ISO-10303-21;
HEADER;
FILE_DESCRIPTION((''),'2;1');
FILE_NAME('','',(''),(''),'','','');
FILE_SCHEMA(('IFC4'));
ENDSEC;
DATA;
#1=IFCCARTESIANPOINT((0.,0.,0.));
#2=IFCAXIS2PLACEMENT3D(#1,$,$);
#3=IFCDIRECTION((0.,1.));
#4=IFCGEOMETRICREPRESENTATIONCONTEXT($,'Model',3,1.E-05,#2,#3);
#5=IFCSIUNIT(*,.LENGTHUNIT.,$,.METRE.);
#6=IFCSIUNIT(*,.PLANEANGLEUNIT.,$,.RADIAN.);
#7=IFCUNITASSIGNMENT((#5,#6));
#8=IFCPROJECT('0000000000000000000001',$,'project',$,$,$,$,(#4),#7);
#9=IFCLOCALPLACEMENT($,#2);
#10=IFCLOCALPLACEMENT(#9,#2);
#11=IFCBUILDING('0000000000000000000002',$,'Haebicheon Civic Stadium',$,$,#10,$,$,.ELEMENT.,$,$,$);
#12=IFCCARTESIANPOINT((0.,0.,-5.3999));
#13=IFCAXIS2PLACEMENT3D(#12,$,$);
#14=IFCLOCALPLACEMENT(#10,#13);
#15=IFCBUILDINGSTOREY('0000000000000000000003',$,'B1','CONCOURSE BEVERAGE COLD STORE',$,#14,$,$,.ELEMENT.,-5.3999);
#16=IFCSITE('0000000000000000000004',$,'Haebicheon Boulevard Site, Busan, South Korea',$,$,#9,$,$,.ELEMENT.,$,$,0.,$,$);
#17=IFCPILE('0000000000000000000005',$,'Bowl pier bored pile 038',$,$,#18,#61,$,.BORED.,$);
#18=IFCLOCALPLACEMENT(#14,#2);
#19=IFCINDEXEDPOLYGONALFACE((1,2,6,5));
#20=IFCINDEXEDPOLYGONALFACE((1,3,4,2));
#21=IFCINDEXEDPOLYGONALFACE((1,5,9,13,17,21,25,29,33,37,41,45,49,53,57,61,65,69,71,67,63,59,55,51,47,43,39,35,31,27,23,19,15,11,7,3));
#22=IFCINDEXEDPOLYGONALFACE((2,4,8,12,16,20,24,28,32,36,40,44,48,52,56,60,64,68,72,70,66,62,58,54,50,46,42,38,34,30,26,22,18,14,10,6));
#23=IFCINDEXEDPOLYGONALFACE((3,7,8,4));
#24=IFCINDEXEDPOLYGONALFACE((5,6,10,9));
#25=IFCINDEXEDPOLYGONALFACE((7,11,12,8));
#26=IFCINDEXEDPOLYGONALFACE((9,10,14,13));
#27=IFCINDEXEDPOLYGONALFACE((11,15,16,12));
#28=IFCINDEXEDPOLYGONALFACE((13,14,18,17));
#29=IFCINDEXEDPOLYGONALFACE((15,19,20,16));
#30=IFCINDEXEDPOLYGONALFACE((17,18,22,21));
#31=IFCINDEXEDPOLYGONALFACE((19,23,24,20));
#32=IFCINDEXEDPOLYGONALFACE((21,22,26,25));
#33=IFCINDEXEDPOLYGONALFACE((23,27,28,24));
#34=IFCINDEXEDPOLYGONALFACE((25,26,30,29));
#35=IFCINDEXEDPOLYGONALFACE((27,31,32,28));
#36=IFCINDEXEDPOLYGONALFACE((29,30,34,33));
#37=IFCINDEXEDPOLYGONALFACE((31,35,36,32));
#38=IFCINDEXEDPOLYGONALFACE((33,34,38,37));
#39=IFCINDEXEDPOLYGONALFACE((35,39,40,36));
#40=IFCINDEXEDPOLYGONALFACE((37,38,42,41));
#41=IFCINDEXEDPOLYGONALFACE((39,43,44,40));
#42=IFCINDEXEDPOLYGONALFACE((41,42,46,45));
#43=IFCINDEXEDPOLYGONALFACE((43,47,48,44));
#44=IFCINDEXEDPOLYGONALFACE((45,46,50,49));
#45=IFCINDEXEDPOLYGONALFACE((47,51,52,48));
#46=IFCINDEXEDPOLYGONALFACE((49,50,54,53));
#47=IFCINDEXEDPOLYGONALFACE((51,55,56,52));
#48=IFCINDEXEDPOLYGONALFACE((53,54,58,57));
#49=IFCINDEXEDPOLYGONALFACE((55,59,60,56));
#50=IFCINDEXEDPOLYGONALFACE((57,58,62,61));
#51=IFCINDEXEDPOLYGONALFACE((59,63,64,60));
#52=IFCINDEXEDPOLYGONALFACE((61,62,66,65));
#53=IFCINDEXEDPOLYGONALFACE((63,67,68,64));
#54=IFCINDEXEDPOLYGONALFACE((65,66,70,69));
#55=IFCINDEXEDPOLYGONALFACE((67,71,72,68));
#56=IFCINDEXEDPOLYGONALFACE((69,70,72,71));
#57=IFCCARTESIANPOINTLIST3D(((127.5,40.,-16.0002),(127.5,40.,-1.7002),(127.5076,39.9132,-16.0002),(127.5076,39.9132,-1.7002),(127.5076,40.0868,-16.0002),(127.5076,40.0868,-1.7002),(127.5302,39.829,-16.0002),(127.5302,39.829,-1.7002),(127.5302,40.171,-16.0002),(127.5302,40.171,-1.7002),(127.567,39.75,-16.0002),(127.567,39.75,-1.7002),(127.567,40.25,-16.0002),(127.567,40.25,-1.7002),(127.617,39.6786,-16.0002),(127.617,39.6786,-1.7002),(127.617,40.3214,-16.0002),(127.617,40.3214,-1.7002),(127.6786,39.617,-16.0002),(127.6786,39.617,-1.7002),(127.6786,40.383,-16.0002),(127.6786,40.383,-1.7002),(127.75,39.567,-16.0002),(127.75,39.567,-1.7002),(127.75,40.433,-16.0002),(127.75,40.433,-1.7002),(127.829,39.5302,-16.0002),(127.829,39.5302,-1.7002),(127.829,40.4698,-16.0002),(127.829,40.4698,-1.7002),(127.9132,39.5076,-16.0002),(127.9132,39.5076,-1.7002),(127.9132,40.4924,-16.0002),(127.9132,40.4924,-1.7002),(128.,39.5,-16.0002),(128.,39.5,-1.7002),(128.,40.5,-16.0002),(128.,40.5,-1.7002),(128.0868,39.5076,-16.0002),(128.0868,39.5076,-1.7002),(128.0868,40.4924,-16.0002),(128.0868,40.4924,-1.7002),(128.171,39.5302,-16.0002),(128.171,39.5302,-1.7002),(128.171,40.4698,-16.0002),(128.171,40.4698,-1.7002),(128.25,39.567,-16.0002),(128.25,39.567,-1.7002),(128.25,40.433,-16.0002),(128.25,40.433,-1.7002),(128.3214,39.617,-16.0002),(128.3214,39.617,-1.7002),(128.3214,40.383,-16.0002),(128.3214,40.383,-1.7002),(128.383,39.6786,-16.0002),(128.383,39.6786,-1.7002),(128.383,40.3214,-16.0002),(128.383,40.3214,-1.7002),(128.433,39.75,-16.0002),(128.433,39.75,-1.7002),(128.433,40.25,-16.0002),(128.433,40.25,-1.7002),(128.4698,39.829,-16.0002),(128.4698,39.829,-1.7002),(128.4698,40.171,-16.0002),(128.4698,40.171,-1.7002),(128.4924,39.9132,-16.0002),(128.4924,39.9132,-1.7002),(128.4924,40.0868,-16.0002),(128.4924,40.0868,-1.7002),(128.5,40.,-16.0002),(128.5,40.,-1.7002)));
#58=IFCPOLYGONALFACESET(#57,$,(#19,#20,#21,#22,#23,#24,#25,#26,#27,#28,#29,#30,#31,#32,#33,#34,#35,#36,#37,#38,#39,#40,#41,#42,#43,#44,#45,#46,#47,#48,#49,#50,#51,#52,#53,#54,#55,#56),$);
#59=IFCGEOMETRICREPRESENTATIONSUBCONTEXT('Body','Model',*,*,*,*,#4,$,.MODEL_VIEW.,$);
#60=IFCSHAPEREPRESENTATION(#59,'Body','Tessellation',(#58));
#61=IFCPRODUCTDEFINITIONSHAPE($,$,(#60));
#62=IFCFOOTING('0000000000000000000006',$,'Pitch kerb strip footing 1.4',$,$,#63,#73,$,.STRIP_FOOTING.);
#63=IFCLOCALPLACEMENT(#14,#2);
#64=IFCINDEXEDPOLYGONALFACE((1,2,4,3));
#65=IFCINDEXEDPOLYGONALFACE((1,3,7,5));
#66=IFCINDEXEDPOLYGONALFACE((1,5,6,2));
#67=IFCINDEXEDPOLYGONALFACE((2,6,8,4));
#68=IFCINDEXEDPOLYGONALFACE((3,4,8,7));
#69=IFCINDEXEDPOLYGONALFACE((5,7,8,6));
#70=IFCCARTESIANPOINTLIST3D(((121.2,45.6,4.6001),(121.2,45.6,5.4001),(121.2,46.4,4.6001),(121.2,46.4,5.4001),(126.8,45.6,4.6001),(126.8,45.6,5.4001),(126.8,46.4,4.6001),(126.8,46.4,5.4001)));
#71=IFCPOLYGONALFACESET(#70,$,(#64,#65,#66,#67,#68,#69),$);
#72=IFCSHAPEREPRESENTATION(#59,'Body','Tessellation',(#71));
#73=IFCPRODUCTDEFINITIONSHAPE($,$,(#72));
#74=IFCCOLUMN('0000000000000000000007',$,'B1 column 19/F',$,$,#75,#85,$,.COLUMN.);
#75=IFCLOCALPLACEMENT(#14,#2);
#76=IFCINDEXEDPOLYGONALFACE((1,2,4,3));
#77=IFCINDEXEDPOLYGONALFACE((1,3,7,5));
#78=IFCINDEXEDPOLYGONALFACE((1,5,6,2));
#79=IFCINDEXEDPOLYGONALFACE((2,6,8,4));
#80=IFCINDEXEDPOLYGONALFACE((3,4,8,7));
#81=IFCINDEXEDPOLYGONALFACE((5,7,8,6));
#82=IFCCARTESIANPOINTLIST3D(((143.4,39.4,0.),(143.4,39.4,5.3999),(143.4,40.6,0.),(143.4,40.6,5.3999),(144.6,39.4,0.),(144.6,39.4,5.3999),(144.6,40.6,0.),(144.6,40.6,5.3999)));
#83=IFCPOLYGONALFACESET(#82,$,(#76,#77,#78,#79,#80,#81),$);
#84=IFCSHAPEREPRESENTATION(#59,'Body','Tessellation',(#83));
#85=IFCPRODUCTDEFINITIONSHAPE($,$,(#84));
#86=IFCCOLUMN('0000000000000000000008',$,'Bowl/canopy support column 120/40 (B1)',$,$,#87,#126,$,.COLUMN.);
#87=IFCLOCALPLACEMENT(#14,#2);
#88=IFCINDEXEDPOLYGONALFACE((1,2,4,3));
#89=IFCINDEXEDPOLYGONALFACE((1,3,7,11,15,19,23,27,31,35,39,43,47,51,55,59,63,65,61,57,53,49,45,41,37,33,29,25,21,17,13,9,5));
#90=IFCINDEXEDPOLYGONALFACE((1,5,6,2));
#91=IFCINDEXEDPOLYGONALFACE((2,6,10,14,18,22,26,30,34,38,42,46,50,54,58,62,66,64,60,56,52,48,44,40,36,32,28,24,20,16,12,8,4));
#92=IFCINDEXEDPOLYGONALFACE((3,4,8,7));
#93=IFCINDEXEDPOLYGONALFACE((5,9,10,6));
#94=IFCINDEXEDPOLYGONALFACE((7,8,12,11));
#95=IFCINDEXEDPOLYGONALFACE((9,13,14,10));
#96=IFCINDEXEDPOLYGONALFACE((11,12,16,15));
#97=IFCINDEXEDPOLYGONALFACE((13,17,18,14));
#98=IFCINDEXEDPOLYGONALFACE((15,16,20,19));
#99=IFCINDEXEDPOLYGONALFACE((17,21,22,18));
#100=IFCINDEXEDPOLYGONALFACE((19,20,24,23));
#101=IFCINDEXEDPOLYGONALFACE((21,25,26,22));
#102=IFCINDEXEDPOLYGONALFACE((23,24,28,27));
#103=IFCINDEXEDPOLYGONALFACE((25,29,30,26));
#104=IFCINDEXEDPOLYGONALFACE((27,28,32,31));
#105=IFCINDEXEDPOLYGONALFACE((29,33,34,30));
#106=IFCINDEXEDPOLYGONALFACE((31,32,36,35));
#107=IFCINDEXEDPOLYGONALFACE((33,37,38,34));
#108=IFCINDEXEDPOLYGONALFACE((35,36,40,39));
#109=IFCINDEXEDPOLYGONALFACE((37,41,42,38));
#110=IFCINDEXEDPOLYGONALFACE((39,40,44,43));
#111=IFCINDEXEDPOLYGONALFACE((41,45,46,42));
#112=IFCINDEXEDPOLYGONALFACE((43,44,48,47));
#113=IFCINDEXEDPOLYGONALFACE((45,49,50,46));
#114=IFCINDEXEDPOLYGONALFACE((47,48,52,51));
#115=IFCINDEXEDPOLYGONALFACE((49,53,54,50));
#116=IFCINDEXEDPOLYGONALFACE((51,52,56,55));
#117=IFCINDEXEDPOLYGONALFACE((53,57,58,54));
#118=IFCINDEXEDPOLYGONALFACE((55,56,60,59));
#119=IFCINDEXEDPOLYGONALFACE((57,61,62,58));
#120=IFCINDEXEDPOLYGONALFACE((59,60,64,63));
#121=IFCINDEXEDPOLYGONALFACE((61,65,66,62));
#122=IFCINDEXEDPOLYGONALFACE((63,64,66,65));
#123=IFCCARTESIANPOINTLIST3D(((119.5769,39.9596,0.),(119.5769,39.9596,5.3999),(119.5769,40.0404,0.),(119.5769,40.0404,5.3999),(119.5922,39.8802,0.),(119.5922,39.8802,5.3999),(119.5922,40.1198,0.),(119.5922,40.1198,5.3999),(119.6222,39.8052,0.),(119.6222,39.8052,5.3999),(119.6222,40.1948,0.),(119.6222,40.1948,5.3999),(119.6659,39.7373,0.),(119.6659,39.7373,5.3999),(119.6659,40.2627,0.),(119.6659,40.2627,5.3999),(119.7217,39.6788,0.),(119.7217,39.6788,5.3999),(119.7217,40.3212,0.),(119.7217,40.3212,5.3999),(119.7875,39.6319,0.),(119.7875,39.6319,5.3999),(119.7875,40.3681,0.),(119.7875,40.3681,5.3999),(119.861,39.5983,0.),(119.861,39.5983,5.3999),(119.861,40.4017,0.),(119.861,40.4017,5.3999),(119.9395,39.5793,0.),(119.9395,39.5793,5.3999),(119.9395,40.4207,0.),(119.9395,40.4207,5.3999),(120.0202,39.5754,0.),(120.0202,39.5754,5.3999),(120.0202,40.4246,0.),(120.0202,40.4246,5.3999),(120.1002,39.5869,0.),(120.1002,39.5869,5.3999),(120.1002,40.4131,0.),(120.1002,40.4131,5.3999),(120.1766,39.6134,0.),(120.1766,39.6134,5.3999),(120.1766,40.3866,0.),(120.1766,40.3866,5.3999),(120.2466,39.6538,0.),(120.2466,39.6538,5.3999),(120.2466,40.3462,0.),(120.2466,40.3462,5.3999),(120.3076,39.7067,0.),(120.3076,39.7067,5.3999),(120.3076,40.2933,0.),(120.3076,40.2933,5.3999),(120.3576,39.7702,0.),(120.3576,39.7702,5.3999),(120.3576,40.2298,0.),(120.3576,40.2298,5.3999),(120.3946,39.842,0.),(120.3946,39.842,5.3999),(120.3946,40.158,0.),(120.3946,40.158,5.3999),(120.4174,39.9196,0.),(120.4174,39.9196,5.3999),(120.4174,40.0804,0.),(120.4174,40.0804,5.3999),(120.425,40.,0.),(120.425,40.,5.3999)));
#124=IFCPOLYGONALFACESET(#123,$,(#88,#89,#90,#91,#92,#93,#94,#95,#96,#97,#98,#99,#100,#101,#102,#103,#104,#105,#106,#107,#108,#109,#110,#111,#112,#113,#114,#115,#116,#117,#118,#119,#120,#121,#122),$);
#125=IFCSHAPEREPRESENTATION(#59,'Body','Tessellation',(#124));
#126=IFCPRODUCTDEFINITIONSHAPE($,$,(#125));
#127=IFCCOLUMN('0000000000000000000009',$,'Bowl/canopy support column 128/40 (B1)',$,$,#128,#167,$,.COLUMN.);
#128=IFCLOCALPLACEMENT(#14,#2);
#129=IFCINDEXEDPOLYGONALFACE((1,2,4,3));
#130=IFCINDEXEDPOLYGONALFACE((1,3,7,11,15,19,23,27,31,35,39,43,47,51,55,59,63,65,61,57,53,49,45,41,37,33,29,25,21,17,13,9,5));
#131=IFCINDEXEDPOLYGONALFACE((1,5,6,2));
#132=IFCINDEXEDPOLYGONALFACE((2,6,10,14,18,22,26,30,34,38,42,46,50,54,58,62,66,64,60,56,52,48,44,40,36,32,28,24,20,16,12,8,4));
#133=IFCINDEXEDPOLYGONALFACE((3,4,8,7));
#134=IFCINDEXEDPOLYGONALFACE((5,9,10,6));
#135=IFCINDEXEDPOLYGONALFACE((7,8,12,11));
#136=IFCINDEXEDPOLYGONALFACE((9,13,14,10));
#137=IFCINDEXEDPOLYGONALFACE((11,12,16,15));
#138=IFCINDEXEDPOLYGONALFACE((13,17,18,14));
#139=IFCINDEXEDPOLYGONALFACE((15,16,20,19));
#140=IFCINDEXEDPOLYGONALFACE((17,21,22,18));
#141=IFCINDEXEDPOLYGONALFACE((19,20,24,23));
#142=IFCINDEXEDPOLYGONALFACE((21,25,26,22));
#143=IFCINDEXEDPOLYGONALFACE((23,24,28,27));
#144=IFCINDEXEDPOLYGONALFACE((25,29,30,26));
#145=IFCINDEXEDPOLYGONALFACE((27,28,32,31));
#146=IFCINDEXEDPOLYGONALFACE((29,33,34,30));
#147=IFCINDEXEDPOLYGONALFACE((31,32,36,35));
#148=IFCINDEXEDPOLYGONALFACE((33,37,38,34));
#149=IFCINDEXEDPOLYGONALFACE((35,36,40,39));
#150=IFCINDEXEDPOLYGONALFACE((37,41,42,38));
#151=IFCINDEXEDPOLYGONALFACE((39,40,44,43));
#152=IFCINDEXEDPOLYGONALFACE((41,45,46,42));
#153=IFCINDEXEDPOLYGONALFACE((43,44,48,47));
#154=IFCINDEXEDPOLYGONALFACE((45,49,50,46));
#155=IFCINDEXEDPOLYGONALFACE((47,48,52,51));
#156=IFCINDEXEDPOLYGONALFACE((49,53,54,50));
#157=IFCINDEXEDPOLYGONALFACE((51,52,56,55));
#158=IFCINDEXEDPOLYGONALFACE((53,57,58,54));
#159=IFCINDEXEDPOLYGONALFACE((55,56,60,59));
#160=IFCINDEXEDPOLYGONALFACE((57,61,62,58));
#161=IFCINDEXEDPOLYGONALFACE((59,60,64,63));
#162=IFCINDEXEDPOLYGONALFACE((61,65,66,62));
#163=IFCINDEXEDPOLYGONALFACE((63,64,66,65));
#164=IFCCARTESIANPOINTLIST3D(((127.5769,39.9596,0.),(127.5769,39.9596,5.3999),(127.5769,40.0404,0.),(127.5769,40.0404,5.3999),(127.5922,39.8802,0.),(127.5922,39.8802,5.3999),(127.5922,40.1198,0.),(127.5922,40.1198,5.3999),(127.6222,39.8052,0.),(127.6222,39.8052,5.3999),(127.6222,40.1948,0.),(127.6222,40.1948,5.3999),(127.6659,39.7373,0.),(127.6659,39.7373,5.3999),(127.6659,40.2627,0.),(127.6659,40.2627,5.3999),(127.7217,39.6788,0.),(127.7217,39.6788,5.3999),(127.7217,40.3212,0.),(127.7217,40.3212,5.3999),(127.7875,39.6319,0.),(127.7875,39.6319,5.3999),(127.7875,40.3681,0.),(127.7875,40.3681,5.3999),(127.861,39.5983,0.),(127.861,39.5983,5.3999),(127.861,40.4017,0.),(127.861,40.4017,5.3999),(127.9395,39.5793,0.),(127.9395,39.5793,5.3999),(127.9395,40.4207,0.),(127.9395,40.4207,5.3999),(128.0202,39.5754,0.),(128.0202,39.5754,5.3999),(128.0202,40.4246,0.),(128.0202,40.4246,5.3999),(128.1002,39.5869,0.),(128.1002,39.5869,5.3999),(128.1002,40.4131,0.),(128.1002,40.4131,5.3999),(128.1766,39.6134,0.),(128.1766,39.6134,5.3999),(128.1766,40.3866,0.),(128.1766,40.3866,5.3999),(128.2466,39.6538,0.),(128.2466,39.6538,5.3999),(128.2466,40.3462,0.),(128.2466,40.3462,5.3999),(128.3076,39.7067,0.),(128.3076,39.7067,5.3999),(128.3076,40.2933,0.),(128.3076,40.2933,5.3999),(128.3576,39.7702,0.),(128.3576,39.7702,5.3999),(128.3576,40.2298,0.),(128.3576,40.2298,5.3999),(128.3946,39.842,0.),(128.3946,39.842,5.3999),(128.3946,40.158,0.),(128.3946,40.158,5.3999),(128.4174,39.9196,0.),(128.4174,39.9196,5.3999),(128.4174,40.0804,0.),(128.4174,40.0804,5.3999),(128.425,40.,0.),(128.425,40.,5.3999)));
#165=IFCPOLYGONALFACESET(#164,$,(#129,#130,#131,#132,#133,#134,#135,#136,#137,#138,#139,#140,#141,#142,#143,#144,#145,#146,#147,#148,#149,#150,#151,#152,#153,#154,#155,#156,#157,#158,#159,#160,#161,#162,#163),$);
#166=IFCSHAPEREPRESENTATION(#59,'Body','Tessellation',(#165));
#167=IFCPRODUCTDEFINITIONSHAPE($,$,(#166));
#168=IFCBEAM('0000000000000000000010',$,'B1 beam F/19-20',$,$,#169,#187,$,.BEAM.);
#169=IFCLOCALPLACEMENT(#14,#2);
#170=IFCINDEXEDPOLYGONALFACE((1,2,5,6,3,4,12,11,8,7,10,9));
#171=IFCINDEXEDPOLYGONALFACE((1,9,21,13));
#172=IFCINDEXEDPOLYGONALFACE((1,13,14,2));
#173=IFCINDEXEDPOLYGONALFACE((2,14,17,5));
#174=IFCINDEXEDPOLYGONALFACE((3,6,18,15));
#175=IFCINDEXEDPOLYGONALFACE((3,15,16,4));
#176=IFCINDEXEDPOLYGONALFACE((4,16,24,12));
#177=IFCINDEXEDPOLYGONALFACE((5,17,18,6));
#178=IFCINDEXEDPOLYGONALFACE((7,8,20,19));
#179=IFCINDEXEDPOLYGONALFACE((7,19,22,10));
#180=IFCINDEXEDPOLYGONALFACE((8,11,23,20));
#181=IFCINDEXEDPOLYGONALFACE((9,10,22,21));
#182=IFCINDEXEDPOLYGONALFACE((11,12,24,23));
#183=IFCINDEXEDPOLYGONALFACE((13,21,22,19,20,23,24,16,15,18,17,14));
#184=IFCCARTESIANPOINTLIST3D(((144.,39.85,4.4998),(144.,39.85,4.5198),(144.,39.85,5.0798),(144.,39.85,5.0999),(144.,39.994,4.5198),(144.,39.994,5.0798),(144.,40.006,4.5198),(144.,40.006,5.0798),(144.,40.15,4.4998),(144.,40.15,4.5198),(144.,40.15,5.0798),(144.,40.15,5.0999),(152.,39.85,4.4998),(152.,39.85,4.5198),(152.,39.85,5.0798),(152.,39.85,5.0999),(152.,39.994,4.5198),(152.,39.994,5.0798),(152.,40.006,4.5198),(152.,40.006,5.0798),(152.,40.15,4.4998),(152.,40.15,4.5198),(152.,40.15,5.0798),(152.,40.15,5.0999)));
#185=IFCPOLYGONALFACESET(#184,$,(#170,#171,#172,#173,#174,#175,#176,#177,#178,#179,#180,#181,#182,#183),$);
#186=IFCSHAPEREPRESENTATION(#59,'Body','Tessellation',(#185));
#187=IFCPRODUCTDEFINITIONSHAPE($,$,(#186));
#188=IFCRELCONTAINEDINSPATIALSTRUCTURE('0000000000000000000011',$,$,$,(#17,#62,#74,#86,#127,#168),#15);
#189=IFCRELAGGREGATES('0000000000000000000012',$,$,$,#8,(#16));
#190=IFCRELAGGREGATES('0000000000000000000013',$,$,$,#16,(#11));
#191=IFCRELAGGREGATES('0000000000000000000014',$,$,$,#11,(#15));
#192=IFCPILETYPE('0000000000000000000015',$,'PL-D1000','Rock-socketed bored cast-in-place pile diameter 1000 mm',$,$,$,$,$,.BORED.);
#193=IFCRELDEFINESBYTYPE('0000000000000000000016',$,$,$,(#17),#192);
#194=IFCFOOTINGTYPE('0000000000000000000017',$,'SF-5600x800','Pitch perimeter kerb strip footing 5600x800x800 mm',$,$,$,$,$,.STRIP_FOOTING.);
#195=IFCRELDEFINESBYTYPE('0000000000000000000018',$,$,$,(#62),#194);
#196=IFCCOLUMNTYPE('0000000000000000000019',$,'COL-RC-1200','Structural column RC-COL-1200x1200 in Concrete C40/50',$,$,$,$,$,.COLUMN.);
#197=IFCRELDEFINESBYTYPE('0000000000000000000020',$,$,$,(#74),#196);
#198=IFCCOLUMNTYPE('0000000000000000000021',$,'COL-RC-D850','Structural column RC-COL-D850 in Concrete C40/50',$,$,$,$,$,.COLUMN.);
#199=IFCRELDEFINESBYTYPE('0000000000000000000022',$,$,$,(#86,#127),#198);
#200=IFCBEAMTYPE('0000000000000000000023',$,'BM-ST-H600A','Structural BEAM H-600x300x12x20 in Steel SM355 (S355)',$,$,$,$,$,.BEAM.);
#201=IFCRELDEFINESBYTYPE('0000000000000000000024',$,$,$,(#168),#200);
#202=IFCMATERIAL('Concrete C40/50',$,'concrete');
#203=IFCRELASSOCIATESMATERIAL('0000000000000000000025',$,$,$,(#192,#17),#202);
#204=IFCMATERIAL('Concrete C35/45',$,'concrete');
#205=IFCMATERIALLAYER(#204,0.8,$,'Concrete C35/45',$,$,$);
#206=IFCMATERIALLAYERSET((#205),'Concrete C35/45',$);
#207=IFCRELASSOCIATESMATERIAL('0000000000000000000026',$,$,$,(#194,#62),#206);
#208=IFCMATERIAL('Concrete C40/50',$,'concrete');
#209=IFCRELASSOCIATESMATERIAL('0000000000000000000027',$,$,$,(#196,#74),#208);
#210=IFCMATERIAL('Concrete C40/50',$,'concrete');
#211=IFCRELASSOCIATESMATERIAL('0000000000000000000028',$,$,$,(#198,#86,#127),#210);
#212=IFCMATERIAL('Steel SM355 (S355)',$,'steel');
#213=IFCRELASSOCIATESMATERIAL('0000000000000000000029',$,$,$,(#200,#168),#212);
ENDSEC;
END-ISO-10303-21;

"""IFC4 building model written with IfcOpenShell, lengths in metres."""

from ifc_helpers import new_model, si_unit, direction, frame, origin, origin_2d, place, context, subcontext, project, spatial, rectangle, circle, i_section, extrude, material, layer, layer_set, material_profile, profile_set, type_object, element, save


model = new_model("IFC4")

# Units and contexts
model_context = context("Model", 3, precision=1e-05, world=origin(), true_north=direction((0.0, 1.0)))
body_context = subcontext(model_context, "Body", "Model", "MODEL_VIEW")
ifc_project = project(units=[si_unit("LENGTHUNIT", "METRE"), si_unit("PLANEANGLEUNIT", "RADIAN")], contexts=[model_context])

# Site, building, storey
site_placement = place(None, origin())
site = spatial("IfcSite", under=ifc_project, at=site_placement, Name="Haebicheon Boulevard Site, Busan, South Korea", CompositionType="ELEMENT", RefElevation=0.0)
building_placement = place(site_placement, origin())
building = spatial("IfcBuilding", under=site, at=building_placement, Name="Haebicheon Civic Stadium", CompositionType="ELEMENT")
storey_placement = place(building_placement, frame((0.0, 0.0, -5.3999)))
storey = spatial("IfcBuildingStorey", under=building, at=storey_placement, Name="B1", Description="CONCOURSE BEVERAGE COLD STORE", CompositionType="ELEMENT", Elevation=-5.3999)

# Pile
ifc_material_1 = material(Name="Concrete C40/50", Category="concrete")
ifc_material_profile_1 = material_profile(ifc_material_1, circle(Radius=0.5, at=origin_2d()), Name="PILE-D1000")
ifc_profile_set_1 = profile_set([ifc_material_profile_1], Name="Concrete C40/50")
pile_type = type_object("IfcPileType", Name="PL-D1000", Description="Rock-socketed bored cast-in-place pile diameter 1000 mm", PredefinedType="BORED", material=ifc_profile_set_1)
for number, where, z_axis, x_axis, name in (
    (1, (128.0, 40.0, -1.7002), (0.0, 0.0, -1.0), (1.0, 0.0, 0.0), "Bowl pier bored pile 038"),
):
    element("IfcPile", number, at=place(storey_placement, frame(where, z_axis=z_axis, x_axis=x_axis)), inside=storey, type_object=pile_type, material=ifc_profile_set_1, Name=name, PredefinedType="BORED", context=body_context, shape_type="SweptSolid", body=[
        extrude(circle(Radius=0.5, at=origin_2d()), origin(), (0.0, 0.0, 1.0), 14.3),
    ])

# Footing
ifc_material_2 = material(Name="Concrete C35/45", Category="concrete")
ifc_layer_1 = layer(ifc_material_2, 0.8, Name="Concrete C35/45")
ifc_layer_set_1 = layer_set([ifc_layer_1], Name="Concrete C35/45")
footing_type_1 = type_object("IfcFootingType", Name="SF-5600x800", Description="Pitch perimeter kerb strip footing 5600x800x800 mm", PredefinedType="STRIP_FOOTING", material=ifc_layer_set_1)
footing_1_placement = place(storey_placement, frame((124.0, 46.0, 4.6001), z_axis=(0.0, 0.0, 1.0), x_axis=(1.0, 0.0, 0.0)))
element("IfcFooting", 2, at=footing_1_placement, inside=storey, type_object=footing_type_1, material=ifc_layer_set_1, Name="Pitch kerb strip footing 1.4", PredefinedType="STRIP_FOOTING", context=body_context, shape_type="SweptSolid", body=[
    extrude(rectangle(XDim=5.6001, YDim=0.8, at=origin_2d()), origin(), (0.0, 0.0, 1.0), 0.8),
])

# Columns
ifc_material_3 = material(Name="Concrete C40/50", Category="concrete")
ifc_material_profile_2 = material_profile(ifc_material_3, rectangle(XDim=1.2, YDim=1.2, at=origin_2d()), Name="RC-COL-1200x1200")
ifc_profile_set_2 = profile_set([ifc_material_profile_2], Name="Concrete C40/50")
column_type_1 = type_object("IfcColumnType", Name="COL-RC-1200", Description="Structural column RC-COL-1200x1200 in Concrete C40/50", PredefinedType="COLUMN", material=ifc_profile_set_2)
column_placement = place(storey_placement, frame((144.0, 40.0, 0.0), z_axis=(0.0, 0.0, 1.0), x_axis=(1.0, 0.0, 0.0)))
element("IfcColumn", 3, at=column_placement, inside=storey, type_object=column_type_1, material=ifc_profile_set_2, Name="B1 column 19/F", PredefinedType="COLUMN", context=body_context, shape_type="SweptSolid", body=[
    extrude(rectangle(XDim=1.2, YDim=1.2, at=origin_2d()), origin(), (0.0, 0.0, 1.0), 5.3999),
])
ifc_material_4 = material(Name="Concrete C40/50", Category="concrete")
ifc_material_profile_3 = material_profile(ifc_material_4, circle(Radius=0.425, at=origin_2d()), Name="RC-COL-D850")
ifc_profile_set_3 = profile_set([ifc_material_profile_3], Name="Concrete C40/50")
column_type_2 = type_object("IfcColumnType", Name="COL-RC-D850", Description="Structural column RC-COL-D850 in Concrete C40/50", PredefinedType="COLUMN", material=ifc_profile_set_3)
for number, where, z_axis, x_axis, name in (
    (4, (120.0, 40.0, 0.0), (0.0, 0.0, 1.0), (1.0, 0.0, 0.0), "Bowl/canopy support column 120/40 (B1)"),
    (5, (128.0, 40.0, 0.0), (0.0, 0.0, 1.0), (1.0, 0.0, 0.0), "Bowl/canopy support column 128/40 (B1)"),
):
    element("IfcColumn", number, at=place(storey_placement, frame(where, z_axis=z_axis, x_axis=x_axis)), inside=storey, type_object=column_type_2, material=ifc_profile_set_3, Name=name, PredefinedType="COLUMN", context=body_context, shape_type="SweptSolid", body=[
        extrude(circle(Radius=0.425, at=origin_2d()), origin(), (0.0, 0.0, 1.0), 5.3999),
    ])

# Beam
ifc_material_5 = material(Name="Steel SM355 (S355)", Category="steel")
ifc_material_profile_4 = material_profile(ifc_material_5, i_section(OverallWidth=0.3, OverallDepth=0.6001, WebThickness=0.012, FlangeThickness=0.02, at=origin_2d()), Name="H-600x300x12x20")
ifc_profile_set_4 = profile_set([ifc_material_profile_4], Name="Steel SM355 (S355)")
beam_type_1 = type_object("IfcBeamType", Name="BM-ST-H600A", Description="Structural BEAM H-600x300x12x20 in Steel SM355 (S355)", PredefinedType="BEAM", material=ifc_profile_set_4)
beam_1_placement = place(storey_placement, frame((144.0, 40.0, 4.7998), z_axis=(1.0, 0.0, 0.0), x_axis=(0.0, 1.0, 0.0)))
element("IfcBeam", 6, at=beam_1_placement, inside=storey, type_object=beam_type_1, material=ifc_profile_set_4, Name="B1 beam F/19-20", PredefinedType="BEAM", context=body_context, shape_type="SweptSolid", body=[
    extrude(i_section(OverallWidth=0.3, OverallDepth=0.6001, WebThickness=0.012, FlangeThickness=0.02, at=origin_2d()), origin(), (0.0, 0.0, 1.0), 8.0),
])

save(model, "model.ifc")
